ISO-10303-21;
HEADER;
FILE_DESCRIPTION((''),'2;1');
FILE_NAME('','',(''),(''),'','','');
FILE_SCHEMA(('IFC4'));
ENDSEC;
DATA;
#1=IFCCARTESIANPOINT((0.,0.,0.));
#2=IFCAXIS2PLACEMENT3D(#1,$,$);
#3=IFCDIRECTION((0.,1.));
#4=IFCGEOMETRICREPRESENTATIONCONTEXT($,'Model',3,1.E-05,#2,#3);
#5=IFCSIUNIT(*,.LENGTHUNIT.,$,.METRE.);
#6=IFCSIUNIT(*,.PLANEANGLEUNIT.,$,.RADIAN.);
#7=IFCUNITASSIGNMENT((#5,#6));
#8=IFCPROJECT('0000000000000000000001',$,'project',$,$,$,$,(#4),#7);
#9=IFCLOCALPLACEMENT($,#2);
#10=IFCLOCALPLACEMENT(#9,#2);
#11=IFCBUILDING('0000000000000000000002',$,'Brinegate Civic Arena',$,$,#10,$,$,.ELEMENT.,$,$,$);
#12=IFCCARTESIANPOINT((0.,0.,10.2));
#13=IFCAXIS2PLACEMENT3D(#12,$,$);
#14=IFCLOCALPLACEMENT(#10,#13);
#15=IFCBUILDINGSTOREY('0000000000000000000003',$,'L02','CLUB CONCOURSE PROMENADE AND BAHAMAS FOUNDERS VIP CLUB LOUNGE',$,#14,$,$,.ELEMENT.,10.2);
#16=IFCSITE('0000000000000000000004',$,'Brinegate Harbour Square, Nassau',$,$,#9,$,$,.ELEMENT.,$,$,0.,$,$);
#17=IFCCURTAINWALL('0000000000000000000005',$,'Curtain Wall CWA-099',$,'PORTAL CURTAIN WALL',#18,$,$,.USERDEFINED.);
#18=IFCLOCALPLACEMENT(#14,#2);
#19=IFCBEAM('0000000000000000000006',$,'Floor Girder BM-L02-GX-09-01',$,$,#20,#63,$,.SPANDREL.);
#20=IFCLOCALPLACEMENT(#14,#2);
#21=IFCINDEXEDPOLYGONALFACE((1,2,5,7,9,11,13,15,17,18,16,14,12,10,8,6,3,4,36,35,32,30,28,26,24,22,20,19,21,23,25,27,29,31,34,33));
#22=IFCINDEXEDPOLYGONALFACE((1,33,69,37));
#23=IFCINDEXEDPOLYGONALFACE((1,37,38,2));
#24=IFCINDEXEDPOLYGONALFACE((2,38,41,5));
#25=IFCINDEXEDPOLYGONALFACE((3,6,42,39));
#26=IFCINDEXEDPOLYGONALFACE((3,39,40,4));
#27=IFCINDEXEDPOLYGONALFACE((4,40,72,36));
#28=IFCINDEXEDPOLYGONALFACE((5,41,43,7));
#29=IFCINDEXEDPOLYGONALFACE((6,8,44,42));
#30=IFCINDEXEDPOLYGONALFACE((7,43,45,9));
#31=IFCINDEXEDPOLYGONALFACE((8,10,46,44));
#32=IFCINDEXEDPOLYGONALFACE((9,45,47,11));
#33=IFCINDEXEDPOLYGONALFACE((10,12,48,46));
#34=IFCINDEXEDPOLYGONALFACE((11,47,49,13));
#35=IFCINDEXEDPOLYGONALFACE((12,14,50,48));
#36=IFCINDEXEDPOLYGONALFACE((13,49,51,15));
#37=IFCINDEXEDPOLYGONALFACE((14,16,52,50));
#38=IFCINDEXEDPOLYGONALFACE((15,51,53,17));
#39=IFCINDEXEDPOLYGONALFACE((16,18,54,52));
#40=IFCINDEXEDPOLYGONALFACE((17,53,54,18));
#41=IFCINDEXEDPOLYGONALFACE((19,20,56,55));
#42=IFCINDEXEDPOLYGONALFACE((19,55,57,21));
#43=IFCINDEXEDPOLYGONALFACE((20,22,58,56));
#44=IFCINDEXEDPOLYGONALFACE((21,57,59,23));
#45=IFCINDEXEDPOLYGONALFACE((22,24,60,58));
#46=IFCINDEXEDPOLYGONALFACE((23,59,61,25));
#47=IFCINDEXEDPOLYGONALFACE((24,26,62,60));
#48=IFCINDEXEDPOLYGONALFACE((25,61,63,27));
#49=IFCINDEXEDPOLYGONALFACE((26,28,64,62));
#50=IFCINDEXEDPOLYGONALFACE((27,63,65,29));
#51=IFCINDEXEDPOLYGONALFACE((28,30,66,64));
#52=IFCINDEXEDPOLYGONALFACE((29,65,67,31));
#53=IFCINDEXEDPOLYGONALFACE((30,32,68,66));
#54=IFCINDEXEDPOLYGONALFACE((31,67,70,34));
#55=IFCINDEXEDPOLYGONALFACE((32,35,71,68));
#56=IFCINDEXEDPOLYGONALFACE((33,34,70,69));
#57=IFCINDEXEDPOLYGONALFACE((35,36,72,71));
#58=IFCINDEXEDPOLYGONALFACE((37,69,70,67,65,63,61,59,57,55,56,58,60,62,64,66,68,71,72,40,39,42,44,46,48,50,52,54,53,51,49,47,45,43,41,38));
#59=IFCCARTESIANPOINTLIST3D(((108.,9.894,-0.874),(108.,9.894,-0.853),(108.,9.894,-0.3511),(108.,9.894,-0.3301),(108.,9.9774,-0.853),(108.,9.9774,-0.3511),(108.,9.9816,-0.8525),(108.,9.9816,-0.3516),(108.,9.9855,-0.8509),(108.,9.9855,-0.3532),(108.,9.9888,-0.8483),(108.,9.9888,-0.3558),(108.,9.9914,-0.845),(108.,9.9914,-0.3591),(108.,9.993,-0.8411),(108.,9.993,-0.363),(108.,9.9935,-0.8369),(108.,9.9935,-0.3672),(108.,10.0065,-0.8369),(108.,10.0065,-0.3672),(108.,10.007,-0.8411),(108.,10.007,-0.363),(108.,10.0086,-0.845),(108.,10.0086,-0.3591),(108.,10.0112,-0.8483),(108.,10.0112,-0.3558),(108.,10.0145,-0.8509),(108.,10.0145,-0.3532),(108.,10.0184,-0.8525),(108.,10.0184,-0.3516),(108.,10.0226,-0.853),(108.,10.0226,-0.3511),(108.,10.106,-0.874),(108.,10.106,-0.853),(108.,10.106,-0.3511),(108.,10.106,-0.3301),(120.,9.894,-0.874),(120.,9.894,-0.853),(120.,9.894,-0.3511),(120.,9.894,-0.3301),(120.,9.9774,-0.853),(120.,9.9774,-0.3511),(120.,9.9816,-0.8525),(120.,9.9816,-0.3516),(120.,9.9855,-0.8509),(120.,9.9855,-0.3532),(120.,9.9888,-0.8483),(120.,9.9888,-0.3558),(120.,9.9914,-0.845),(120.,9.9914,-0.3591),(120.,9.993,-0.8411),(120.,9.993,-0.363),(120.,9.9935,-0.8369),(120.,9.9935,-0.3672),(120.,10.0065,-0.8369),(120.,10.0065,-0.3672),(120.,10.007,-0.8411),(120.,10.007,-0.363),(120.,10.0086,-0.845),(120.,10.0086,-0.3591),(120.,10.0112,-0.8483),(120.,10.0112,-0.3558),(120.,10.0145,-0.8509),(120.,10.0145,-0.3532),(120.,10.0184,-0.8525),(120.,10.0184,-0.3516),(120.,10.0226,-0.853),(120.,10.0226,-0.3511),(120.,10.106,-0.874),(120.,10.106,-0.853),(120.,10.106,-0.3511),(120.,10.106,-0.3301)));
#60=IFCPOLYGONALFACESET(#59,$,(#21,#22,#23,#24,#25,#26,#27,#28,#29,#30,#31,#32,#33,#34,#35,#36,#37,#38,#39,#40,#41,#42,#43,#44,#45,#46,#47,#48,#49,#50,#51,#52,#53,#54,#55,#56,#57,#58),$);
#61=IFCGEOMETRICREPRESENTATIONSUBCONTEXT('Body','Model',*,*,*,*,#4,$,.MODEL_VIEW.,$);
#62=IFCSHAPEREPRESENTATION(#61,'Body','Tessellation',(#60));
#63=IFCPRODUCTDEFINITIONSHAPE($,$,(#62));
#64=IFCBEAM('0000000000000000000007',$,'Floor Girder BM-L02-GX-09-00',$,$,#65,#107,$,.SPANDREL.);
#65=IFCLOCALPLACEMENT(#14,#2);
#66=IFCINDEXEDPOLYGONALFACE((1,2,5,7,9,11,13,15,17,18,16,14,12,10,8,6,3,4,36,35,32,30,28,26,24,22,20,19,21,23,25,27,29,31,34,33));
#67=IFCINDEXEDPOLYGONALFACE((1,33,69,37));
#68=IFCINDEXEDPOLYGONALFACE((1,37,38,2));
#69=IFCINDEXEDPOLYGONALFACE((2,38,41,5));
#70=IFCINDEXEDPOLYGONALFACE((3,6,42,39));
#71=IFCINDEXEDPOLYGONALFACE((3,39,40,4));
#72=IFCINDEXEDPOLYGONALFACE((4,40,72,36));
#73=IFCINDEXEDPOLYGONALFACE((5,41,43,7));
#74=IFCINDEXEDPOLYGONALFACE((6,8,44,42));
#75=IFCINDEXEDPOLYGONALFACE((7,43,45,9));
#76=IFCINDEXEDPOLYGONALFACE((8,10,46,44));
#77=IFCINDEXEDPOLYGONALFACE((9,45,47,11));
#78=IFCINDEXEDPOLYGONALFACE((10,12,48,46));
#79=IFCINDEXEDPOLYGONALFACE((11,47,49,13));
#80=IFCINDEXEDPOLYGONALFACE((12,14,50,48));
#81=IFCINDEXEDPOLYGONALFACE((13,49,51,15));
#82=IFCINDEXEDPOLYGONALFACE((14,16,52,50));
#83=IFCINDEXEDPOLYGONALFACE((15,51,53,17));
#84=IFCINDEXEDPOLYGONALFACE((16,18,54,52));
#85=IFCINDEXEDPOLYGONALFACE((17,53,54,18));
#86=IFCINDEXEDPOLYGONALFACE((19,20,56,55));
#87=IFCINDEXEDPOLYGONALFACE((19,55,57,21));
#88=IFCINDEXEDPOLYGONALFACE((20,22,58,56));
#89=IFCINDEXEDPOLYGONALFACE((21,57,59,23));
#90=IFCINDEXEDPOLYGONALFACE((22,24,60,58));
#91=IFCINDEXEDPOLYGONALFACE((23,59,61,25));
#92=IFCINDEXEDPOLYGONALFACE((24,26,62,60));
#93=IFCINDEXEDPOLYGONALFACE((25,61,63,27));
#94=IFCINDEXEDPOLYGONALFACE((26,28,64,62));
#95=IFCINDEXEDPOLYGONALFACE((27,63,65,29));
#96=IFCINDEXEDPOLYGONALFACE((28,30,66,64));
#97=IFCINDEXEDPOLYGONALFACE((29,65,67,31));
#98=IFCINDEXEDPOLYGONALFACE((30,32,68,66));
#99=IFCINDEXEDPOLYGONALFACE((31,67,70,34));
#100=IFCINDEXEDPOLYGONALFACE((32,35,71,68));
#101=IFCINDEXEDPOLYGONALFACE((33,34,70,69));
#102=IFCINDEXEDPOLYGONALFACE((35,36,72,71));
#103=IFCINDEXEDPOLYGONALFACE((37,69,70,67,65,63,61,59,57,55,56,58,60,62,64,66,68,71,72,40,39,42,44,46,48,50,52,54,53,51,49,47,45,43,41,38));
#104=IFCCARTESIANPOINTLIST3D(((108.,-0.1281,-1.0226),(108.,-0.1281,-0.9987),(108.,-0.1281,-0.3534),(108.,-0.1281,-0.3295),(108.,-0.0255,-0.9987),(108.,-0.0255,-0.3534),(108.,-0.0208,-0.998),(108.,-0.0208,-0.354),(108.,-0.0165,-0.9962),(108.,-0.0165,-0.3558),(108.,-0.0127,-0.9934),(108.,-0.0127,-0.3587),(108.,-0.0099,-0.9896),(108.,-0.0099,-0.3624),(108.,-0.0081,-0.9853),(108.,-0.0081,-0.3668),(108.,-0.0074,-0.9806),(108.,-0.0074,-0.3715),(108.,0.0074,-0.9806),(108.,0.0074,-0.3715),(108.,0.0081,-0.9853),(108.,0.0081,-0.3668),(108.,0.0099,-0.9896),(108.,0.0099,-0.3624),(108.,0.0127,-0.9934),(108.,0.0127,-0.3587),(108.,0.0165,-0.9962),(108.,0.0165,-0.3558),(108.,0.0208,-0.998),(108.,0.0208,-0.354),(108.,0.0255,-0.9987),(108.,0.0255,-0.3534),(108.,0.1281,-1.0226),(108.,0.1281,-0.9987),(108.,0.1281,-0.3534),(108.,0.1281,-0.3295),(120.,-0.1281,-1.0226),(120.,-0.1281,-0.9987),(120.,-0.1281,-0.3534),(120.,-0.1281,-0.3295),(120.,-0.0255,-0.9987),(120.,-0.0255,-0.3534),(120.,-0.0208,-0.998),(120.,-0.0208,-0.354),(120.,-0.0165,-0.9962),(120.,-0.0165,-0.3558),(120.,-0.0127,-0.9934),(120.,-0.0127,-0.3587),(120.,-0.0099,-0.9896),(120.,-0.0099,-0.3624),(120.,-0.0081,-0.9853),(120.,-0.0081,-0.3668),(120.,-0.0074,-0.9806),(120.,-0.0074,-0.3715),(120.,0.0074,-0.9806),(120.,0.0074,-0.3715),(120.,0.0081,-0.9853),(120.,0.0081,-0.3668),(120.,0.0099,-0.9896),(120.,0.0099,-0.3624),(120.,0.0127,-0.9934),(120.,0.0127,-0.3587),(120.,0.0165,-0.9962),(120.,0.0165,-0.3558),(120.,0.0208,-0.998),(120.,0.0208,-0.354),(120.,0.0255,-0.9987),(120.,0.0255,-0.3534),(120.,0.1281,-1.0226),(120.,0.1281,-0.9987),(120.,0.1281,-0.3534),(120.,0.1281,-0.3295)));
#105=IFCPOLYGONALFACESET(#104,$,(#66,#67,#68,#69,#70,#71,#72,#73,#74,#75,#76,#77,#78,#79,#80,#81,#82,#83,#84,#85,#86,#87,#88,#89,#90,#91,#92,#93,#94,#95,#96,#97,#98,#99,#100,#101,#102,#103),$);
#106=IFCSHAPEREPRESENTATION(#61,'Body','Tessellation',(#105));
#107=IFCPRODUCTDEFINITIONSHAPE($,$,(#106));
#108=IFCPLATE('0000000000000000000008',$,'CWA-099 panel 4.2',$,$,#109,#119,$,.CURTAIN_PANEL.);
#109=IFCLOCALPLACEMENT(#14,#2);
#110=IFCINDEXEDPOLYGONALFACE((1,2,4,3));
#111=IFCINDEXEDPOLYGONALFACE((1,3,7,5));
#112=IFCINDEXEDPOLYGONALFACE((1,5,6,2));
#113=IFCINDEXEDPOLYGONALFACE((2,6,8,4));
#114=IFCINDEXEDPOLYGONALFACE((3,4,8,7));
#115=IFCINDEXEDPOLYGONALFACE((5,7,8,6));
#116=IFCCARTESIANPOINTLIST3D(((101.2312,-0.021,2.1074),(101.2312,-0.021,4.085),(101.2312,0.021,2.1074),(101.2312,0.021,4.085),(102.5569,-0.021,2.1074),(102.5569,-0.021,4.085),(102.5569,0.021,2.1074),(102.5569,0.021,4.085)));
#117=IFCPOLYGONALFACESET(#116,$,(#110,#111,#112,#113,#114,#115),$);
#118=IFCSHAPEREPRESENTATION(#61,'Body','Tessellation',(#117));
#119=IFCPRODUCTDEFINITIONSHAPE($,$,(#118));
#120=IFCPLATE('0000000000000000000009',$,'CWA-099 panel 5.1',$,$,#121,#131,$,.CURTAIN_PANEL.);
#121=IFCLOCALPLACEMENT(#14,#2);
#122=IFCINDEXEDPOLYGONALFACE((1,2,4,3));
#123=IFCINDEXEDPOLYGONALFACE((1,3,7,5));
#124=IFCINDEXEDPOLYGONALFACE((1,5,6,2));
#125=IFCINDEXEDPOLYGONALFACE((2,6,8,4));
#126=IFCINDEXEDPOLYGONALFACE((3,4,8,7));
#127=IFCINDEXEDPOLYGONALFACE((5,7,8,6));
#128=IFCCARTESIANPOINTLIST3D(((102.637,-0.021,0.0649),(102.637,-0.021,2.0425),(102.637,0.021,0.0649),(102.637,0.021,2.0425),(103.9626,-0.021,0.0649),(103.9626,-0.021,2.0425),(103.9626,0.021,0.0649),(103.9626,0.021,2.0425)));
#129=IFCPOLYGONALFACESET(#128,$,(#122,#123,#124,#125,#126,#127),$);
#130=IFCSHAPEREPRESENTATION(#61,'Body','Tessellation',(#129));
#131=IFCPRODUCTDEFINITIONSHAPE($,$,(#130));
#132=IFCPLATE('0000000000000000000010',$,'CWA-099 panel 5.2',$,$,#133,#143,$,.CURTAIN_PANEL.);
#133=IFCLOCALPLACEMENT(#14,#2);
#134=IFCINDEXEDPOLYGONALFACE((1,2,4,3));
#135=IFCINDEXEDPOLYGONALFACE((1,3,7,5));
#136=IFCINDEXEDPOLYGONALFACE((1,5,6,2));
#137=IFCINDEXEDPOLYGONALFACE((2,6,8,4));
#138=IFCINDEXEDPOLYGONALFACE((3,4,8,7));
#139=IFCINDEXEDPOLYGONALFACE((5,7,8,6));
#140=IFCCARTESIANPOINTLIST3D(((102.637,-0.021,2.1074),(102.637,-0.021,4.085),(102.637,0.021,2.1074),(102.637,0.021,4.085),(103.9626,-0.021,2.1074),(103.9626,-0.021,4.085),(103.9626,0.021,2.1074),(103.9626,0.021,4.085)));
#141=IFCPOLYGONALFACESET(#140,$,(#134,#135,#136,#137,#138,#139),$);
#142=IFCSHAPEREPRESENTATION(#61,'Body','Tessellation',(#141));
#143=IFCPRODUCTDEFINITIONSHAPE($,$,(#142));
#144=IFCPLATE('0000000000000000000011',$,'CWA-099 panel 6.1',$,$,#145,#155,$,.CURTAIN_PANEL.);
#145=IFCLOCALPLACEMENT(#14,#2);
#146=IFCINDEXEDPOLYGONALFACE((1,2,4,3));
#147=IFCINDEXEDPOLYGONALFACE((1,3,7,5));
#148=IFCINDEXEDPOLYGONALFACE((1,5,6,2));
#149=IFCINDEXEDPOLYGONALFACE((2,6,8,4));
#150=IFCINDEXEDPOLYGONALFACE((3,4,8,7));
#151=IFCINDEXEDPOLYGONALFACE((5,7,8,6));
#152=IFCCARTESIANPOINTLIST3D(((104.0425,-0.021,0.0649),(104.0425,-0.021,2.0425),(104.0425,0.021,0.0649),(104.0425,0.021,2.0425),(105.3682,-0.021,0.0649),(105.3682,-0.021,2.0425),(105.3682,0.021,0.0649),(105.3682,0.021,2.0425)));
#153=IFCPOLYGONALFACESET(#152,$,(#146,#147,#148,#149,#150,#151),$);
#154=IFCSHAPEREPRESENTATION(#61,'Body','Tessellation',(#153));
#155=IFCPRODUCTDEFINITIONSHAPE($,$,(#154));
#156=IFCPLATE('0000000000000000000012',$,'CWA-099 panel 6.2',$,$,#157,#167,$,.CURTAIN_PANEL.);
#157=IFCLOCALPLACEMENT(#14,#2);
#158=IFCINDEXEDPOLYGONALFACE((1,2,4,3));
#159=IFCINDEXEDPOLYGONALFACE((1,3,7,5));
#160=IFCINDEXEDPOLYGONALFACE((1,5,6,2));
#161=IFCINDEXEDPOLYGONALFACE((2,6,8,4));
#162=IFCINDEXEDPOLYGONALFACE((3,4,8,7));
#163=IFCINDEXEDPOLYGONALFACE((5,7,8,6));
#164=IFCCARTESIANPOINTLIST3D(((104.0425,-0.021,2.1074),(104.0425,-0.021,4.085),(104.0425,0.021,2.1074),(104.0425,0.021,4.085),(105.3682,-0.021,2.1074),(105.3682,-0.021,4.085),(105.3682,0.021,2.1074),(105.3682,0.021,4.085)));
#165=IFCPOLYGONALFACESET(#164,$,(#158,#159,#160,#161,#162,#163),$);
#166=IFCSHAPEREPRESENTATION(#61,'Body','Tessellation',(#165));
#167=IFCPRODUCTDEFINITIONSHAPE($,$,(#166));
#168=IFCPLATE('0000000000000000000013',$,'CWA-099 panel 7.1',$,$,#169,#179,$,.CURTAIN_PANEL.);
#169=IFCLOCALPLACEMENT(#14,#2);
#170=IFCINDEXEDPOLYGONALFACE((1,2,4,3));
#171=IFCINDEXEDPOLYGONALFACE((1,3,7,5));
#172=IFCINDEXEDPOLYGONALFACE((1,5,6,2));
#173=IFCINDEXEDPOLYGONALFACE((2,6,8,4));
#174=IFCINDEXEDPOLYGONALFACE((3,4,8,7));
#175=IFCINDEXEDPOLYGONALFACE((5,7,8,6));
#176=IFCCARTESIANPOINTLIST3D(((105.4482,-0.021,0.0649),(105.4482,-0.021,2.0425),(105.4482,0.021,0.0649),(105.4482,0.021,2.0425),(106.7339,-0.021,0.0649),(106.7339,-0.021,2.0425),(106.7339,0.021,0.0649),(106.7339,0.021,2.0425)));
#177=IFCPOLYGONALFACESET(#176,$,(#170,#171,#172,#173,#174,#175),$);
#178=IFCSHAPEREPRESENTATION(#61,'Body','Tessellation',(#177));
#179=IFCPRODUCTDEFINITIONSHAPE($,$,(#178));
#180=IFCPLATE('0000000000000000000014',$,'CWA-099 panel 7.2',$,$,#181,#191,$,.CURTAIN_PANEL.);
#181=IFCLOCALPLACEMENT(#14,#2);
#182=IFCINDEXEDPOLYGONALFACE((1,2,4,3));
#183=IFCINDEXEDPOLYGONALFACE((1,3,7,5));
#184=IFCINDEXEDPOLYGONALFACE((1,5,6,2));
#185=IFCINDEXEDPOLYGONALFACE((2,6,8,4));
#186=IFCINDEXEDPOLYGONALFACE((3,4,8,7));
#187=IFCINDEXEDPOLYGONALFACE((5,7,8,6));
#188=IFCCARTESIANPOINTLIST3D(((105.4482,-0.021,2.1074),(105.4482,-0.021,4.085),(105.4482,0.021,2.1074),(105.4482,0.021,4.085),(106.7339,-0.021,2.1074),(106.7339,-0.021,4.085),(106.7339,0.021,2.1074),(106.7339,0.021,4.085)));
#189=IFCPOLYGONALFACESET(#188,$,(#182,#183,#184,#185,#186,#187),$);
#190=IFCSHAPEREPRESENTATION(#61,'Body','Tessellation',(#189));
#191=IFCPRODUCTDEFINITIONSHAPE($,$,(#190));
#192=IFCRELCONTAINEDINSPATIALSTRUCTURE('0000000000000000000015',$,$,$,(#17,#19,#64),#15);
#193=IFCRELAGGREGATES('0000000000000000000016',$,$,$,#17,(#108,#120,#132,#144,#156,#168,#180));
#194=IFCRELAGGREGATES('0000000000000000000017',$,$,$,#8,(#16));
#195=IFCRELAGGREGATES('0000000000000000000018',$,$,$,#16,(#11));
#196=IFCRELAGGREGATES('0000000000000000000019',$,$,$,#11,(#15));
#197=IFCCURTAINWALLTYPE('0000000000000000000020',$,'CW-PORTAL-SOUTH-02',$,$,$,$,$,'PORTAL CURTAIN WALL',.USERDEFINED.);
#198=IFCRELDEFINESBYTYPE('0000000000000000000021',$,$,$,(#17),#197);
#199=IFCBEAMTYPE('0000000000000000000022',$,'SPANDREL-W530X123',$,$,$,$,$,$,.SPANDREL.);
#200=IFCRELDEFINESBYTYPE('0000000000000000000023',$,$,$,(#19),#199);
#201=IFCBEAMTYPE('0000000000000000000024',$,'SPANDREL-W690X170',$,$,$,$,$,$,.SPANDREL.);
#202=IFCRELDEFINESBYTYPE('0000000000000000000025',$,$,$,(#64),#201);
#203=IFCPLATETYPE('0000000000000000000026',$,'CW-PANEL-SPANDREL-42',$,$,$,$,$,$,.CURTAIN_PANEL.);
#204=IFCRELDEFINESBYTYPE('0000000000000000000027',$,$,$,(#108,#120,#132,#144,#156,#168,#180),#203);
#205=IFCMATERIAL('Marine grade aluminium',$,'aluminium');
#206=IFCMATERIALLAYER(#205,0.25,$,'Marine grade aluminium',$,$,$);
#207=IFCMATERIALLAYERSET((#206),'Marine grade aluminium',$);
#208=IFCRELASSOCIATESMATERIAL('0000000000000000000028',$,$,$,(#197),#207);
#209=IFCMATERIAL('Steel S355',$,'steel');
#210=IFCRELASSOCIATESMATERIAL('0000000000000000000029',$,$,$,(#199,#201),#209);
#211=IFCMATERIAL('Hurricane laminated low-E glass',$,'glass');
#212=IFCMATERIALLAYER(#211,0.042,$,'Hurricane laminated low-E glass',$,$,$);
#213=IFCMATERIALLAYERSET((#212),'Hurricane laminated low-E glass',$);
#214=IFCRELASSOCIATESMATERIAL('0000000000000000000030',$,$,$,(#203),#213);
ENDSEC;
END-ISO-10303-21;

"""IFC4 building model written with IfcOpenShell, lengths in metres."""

from ifc_helpers import new_model, si_unit, direction, frame, origin, origin_2d, place, context, subcontext, project, spatial, rectangle, i_section, extrude, material, layer, layer_set, material_profile, profile_set, type_object, element, aggregate, save


model = new_model("IFC4")

# Units and contexts
model_context = context("Model", 3, precision=1e-05, world=origin(), true_north=direction((0.0, 1.0)))
body_context = subcontext(model_context, "Body", "Model", "MODEL_VIEW")
ifc_project = project(units=[si_unit("LENGTHUNIT", "METRE"), si_unit("PLANEANGLEUNIT", "RADIAN")], contexts=[model_context])

# Site, building, storey
site_placement = place(None, origin())
site = spatial("IfcSite", under=ifc_project, at=site_placement, Name="Brinegate Harbour Square, Nassau", CompositionType="ELEMENT", RefElevation=0.0)
building_placement = place(site_placement, origin())
building = spatial("IfcBuilding", under=site, at=building_placement, Name="Brinegate Civic Arena", CompositionType="ELEMENT")
storey_placement = place(building_placement, frame((0.0, 0.0, 10.2)))
storey = spatial("IfcBuildingStorey", under=building, at=storey_placement, Name="L02", Description="CLUB CONCOURSE PROMENADE AND BAHAMAS FOUNDERS VIP CLUB LOUNGE", CompositionType="ELEMENT", Elevation=10.2)

# Curtain wall
ifc_material_1 = material(Name="Marine grade aluminium", Category="aluminium")
ifc_layer_1 = layer(ifc_material_1, 0.25, Name="Marine grade aluminium")
ifc_layer_set_1 = layer_set([ifc_layer_1], Name="Marine grade aluminium")
curtain_wall_type = type_object("IfcCurtainWallType", Name="CW-PORTAL-SOUTH-02", ElementType="PORTAL CURTAIN WALL", PredefinedType="USERDEFINED", material=ifc_layer_set_1)
curtain_wall_placement = place(storey_placement, origin())
curtain_wall = element("IfcCurtainWall", 1, at=curtain_wall_placement, inside=storey, type_object=curtain_wall_type, Name="Curtain Wall CWA-099", ObjectType="PORTAL CURTAIN WALL", PredefinedType="USERDEFINED")

# Beams
ifc_material_2 = material(Name="Steel S355", Category="steel")
ifc_material_profile_1 = material_profile(ifc_material_2, i_section(OverallWidth=0.2119, OverallDepth=0.5439, WebThickness=0.0129, FlangeThickness=0.021, FilletRadius=0.0161, at=origin_2d()), Name="W530X123")
ifc_profile_set_1 = profile_set([ifc_material_profile_1], Name="Steel S355")
beam_type_1 = type_object("IfcBeamType", Name="SPANDREL-W530X123", PredefinedType="SPANDREL", material=ifc_profile_set_1)
beam_1_placement = place(storey_placement, frame((108.0, 10.0, -0.6021), z_axis=(1.0, 0.0, 0.0), x_axis=(0.0, 1.0, 0.0)))
element("IfcBeam", 2, at=beam_1_placement, inside=storey, type_object=beam_type_1, Name="Floor Girder BM-L02-GX-09-01", PredefinedType="SPANDREL", context=body_context, shape_type="SweptSolid", body=[
    extrude(i_section(OverallWidth=0.2119, OverallDepth=0.5439, WebThickness=0.0129, FlangeThickness=0.021, FilletRadius=0.0161, at=origin_2d()), origin(), (0.0, 0.0, 1.0), 12.0),
])
ifc_material_profile_2 = material_profile(ifc_material_2, i_section(OverallWidth=0.2561, OverallDepth=0.6931, WebThickness=0.0149, FlangeThickness=0.0239, FilletRadius=0.0181, at=origin_2d()), Name="W690X170")
ifc_profile_set_2 = profile_set([ifc_material_profile_2], Name="Steel S355")
beam_type_2 = type_object("IfcBeamType", Name="SPANDREL-W690X170", PredefinedType="SPANDREL", material=ifc_profile_set_2)
beam_2_placement = place(storey_placement, frame((108.0, 0.0, -0.676), z_axis=(1.0, 0.0, 0.0), x_axis=(0.0, 1.0, 0.0)))
element("IfcBeam", 3, at=beam_2_placement, inside=storey, type_object=beam_type_2, Name="Floor Girder BM-L02-GX-09-00", PredefinedType="SPANDREL", context=body_context, shape_type="SweptSolid", body=[
    extrude(i_section(OverallWidth=0.2561, OverallDepth=0.6931, WebThickness=0.0149, FlangeThickness=0.0239, FilletRadius=0.0181, at=origin_2d()), origin(), (0.0, 0.0, 1.0), 12.0),
])

# Plates
ifc_material_3 = material(Name="Hurricane laminated low-E glass", Category="glass")
ifc_layer_2 = layer(ifc_material_3, 0.042, Name="Hurricane laminated low-E glass")
ifc_layer_set_2 = layer_set([ifc_layer_2], Name="Hurricane laminated low-E glass")
plate_type = type_object("IfcPlateType", Name="CW-PANEL-SPANDREL-42", PredefinedType="CURTAIN_PANEL", material=ifc_layer_set_2)
plate_1_placement = place(storey_placement, frame((101.894, 0.0, 2.1074), z_axis=(0.0, 0.0, 1.0), x_axis=(1.0, 0.0, 0.0)))
plate_1 = element("IfcPlate", 4, at=plate_1_placement, type_object=plate_type, Name="CWA-099 panel 4.2", PredefinedType="CURTAIN_PANEL", context=body_context, shape_type="SweptSolid", body=[
    extrude(rectangle(XDim=1.3257, YDim=0.042, at=origin_2d()), origin(), (0.0, 0.0, 1.0), 1.9775),
])
plate_2_placement = place(storey_placement, frame((103.2998, 0.0, 0.0649), z_axis=(0.0, 0.0, 1.0), x_axis=(1.0, 0.0, 0.0)))
plate_2 = element("IfcPlate", 5, at=plate_2_placement, type_object=plate_type, Name="CWA-099 panel 5.1", PredefinedType="CURTAIN_PANEL", context=body_context, shape_type="SweptSolid", body=[
    extrude(rectangle(XDim=1.3257, YDim=0.042, at=origin_2d()), origin(), (0.0, 0.0, 1.0), 1.9775),
])
plate_3_placement = place(storey_placement, frame((103.2998, 0.0, 2.1074), z_axis=(0.0, 0.0, 1.0), x_axis=(1.0, 0.0, 0.0)))
plate_3 = element("IfcPlate", 6, at=plate_3_placement, type_object=plate_type, Name="CWA-099 panel 5.2", PredefinedType="CURTAIN_PANEL", context=body_context, shape_type="SweptSolid", body=[
    extrude(rectangle(XDim=1.3257, YDim=0.042, at=origin_2d()), origin(), (0.0, 0.0, 1.0), 1.9775),
])
plate_4_placement = place(storey_placement, frame((104.7053, 0.0, 0.0649), z_axis=(0.0, 0.0, 1.0), x_axis=(1.0, 0.0, 0.0)))
plate_4 = element("IfcPlate", 7, at=plate_4_placement, type_object=plate_type, Name="CWA-099 panel 6.1", PredefinedType="CURTAIN_PANEL", context=body_context, shape_type="SweptSolid", body=[
    extrude(rectangle(XDim=1.3257, YDim=0.042, at=origin_2d()), origin(), (0.0, 0.0, 1.0), 1.9775),
])
plate_5_placement = place(storey_placement, frame((104.7053, 0.0, 2.1074), z_axis=(0.0, 0.0, 1.0), x_axis=(1.0, 0.0, 0.0)))
plate_5 = element("IfcPlate", 8, at=plate_5_placement, type_object=plate_type, Name="CWA-099 panel 6.2", PredefinedType="CURTAIN_PANEL", context=body_context, shape_type="SweptSolid", body=[
    extrude(rectangle(XDim=1.3257, YDim=0.042, at=origin_2d()), origin(), (0.0, 0.0, 1.0), 1.9775),
])
plate_6_placement = place(storey_placement, frame((106.0911, 0.0, 0.0649), z_axis=(0.0, 0.0, 1.0), x_axis=(1.0, 0.0, 0.0)))
plate_6 = element("IfcPlate", 9, at=plate_6_placement, type_object=plate_type, Name="CWA-099 panel 7.1", PredefinedType="CURTAIN_PANEL", context=body_context, shape_type="SweptSolid", body=[
    extrude(rectangle(XDim=1.2856, YDim=0.042, at=origin_2d()), origin(), (0.0, 0.0, 1.0), 1.9775),
])
plate_7_placement = place(storey_placement, frame((106.0911, 0.0, 2.1074), z_axis=(0.0, 0.0, 1.0), x_axis=(1.0, 0.0, 0.0)))
plate_7 = element("IfcPlate", 10, at=plate_7_placement, type_object=plate_type, Name="CWA-099 panel 7.2", PredefinedType="CURTAIN_PANEL", context=body_context, shape_type="SweptSolid", body=[
    extrude(rectangle(XDim=1.2856, YDim=0.042, at=origin_2d()), origin(), (0.0, 0.0, 1.0), 1.9775),
])
aggregate(curtain_wall, [plate_1, plate_2, plate_3, plate_4, plate_5, plate_6, plate_7])

save(model, "model.ifc")
